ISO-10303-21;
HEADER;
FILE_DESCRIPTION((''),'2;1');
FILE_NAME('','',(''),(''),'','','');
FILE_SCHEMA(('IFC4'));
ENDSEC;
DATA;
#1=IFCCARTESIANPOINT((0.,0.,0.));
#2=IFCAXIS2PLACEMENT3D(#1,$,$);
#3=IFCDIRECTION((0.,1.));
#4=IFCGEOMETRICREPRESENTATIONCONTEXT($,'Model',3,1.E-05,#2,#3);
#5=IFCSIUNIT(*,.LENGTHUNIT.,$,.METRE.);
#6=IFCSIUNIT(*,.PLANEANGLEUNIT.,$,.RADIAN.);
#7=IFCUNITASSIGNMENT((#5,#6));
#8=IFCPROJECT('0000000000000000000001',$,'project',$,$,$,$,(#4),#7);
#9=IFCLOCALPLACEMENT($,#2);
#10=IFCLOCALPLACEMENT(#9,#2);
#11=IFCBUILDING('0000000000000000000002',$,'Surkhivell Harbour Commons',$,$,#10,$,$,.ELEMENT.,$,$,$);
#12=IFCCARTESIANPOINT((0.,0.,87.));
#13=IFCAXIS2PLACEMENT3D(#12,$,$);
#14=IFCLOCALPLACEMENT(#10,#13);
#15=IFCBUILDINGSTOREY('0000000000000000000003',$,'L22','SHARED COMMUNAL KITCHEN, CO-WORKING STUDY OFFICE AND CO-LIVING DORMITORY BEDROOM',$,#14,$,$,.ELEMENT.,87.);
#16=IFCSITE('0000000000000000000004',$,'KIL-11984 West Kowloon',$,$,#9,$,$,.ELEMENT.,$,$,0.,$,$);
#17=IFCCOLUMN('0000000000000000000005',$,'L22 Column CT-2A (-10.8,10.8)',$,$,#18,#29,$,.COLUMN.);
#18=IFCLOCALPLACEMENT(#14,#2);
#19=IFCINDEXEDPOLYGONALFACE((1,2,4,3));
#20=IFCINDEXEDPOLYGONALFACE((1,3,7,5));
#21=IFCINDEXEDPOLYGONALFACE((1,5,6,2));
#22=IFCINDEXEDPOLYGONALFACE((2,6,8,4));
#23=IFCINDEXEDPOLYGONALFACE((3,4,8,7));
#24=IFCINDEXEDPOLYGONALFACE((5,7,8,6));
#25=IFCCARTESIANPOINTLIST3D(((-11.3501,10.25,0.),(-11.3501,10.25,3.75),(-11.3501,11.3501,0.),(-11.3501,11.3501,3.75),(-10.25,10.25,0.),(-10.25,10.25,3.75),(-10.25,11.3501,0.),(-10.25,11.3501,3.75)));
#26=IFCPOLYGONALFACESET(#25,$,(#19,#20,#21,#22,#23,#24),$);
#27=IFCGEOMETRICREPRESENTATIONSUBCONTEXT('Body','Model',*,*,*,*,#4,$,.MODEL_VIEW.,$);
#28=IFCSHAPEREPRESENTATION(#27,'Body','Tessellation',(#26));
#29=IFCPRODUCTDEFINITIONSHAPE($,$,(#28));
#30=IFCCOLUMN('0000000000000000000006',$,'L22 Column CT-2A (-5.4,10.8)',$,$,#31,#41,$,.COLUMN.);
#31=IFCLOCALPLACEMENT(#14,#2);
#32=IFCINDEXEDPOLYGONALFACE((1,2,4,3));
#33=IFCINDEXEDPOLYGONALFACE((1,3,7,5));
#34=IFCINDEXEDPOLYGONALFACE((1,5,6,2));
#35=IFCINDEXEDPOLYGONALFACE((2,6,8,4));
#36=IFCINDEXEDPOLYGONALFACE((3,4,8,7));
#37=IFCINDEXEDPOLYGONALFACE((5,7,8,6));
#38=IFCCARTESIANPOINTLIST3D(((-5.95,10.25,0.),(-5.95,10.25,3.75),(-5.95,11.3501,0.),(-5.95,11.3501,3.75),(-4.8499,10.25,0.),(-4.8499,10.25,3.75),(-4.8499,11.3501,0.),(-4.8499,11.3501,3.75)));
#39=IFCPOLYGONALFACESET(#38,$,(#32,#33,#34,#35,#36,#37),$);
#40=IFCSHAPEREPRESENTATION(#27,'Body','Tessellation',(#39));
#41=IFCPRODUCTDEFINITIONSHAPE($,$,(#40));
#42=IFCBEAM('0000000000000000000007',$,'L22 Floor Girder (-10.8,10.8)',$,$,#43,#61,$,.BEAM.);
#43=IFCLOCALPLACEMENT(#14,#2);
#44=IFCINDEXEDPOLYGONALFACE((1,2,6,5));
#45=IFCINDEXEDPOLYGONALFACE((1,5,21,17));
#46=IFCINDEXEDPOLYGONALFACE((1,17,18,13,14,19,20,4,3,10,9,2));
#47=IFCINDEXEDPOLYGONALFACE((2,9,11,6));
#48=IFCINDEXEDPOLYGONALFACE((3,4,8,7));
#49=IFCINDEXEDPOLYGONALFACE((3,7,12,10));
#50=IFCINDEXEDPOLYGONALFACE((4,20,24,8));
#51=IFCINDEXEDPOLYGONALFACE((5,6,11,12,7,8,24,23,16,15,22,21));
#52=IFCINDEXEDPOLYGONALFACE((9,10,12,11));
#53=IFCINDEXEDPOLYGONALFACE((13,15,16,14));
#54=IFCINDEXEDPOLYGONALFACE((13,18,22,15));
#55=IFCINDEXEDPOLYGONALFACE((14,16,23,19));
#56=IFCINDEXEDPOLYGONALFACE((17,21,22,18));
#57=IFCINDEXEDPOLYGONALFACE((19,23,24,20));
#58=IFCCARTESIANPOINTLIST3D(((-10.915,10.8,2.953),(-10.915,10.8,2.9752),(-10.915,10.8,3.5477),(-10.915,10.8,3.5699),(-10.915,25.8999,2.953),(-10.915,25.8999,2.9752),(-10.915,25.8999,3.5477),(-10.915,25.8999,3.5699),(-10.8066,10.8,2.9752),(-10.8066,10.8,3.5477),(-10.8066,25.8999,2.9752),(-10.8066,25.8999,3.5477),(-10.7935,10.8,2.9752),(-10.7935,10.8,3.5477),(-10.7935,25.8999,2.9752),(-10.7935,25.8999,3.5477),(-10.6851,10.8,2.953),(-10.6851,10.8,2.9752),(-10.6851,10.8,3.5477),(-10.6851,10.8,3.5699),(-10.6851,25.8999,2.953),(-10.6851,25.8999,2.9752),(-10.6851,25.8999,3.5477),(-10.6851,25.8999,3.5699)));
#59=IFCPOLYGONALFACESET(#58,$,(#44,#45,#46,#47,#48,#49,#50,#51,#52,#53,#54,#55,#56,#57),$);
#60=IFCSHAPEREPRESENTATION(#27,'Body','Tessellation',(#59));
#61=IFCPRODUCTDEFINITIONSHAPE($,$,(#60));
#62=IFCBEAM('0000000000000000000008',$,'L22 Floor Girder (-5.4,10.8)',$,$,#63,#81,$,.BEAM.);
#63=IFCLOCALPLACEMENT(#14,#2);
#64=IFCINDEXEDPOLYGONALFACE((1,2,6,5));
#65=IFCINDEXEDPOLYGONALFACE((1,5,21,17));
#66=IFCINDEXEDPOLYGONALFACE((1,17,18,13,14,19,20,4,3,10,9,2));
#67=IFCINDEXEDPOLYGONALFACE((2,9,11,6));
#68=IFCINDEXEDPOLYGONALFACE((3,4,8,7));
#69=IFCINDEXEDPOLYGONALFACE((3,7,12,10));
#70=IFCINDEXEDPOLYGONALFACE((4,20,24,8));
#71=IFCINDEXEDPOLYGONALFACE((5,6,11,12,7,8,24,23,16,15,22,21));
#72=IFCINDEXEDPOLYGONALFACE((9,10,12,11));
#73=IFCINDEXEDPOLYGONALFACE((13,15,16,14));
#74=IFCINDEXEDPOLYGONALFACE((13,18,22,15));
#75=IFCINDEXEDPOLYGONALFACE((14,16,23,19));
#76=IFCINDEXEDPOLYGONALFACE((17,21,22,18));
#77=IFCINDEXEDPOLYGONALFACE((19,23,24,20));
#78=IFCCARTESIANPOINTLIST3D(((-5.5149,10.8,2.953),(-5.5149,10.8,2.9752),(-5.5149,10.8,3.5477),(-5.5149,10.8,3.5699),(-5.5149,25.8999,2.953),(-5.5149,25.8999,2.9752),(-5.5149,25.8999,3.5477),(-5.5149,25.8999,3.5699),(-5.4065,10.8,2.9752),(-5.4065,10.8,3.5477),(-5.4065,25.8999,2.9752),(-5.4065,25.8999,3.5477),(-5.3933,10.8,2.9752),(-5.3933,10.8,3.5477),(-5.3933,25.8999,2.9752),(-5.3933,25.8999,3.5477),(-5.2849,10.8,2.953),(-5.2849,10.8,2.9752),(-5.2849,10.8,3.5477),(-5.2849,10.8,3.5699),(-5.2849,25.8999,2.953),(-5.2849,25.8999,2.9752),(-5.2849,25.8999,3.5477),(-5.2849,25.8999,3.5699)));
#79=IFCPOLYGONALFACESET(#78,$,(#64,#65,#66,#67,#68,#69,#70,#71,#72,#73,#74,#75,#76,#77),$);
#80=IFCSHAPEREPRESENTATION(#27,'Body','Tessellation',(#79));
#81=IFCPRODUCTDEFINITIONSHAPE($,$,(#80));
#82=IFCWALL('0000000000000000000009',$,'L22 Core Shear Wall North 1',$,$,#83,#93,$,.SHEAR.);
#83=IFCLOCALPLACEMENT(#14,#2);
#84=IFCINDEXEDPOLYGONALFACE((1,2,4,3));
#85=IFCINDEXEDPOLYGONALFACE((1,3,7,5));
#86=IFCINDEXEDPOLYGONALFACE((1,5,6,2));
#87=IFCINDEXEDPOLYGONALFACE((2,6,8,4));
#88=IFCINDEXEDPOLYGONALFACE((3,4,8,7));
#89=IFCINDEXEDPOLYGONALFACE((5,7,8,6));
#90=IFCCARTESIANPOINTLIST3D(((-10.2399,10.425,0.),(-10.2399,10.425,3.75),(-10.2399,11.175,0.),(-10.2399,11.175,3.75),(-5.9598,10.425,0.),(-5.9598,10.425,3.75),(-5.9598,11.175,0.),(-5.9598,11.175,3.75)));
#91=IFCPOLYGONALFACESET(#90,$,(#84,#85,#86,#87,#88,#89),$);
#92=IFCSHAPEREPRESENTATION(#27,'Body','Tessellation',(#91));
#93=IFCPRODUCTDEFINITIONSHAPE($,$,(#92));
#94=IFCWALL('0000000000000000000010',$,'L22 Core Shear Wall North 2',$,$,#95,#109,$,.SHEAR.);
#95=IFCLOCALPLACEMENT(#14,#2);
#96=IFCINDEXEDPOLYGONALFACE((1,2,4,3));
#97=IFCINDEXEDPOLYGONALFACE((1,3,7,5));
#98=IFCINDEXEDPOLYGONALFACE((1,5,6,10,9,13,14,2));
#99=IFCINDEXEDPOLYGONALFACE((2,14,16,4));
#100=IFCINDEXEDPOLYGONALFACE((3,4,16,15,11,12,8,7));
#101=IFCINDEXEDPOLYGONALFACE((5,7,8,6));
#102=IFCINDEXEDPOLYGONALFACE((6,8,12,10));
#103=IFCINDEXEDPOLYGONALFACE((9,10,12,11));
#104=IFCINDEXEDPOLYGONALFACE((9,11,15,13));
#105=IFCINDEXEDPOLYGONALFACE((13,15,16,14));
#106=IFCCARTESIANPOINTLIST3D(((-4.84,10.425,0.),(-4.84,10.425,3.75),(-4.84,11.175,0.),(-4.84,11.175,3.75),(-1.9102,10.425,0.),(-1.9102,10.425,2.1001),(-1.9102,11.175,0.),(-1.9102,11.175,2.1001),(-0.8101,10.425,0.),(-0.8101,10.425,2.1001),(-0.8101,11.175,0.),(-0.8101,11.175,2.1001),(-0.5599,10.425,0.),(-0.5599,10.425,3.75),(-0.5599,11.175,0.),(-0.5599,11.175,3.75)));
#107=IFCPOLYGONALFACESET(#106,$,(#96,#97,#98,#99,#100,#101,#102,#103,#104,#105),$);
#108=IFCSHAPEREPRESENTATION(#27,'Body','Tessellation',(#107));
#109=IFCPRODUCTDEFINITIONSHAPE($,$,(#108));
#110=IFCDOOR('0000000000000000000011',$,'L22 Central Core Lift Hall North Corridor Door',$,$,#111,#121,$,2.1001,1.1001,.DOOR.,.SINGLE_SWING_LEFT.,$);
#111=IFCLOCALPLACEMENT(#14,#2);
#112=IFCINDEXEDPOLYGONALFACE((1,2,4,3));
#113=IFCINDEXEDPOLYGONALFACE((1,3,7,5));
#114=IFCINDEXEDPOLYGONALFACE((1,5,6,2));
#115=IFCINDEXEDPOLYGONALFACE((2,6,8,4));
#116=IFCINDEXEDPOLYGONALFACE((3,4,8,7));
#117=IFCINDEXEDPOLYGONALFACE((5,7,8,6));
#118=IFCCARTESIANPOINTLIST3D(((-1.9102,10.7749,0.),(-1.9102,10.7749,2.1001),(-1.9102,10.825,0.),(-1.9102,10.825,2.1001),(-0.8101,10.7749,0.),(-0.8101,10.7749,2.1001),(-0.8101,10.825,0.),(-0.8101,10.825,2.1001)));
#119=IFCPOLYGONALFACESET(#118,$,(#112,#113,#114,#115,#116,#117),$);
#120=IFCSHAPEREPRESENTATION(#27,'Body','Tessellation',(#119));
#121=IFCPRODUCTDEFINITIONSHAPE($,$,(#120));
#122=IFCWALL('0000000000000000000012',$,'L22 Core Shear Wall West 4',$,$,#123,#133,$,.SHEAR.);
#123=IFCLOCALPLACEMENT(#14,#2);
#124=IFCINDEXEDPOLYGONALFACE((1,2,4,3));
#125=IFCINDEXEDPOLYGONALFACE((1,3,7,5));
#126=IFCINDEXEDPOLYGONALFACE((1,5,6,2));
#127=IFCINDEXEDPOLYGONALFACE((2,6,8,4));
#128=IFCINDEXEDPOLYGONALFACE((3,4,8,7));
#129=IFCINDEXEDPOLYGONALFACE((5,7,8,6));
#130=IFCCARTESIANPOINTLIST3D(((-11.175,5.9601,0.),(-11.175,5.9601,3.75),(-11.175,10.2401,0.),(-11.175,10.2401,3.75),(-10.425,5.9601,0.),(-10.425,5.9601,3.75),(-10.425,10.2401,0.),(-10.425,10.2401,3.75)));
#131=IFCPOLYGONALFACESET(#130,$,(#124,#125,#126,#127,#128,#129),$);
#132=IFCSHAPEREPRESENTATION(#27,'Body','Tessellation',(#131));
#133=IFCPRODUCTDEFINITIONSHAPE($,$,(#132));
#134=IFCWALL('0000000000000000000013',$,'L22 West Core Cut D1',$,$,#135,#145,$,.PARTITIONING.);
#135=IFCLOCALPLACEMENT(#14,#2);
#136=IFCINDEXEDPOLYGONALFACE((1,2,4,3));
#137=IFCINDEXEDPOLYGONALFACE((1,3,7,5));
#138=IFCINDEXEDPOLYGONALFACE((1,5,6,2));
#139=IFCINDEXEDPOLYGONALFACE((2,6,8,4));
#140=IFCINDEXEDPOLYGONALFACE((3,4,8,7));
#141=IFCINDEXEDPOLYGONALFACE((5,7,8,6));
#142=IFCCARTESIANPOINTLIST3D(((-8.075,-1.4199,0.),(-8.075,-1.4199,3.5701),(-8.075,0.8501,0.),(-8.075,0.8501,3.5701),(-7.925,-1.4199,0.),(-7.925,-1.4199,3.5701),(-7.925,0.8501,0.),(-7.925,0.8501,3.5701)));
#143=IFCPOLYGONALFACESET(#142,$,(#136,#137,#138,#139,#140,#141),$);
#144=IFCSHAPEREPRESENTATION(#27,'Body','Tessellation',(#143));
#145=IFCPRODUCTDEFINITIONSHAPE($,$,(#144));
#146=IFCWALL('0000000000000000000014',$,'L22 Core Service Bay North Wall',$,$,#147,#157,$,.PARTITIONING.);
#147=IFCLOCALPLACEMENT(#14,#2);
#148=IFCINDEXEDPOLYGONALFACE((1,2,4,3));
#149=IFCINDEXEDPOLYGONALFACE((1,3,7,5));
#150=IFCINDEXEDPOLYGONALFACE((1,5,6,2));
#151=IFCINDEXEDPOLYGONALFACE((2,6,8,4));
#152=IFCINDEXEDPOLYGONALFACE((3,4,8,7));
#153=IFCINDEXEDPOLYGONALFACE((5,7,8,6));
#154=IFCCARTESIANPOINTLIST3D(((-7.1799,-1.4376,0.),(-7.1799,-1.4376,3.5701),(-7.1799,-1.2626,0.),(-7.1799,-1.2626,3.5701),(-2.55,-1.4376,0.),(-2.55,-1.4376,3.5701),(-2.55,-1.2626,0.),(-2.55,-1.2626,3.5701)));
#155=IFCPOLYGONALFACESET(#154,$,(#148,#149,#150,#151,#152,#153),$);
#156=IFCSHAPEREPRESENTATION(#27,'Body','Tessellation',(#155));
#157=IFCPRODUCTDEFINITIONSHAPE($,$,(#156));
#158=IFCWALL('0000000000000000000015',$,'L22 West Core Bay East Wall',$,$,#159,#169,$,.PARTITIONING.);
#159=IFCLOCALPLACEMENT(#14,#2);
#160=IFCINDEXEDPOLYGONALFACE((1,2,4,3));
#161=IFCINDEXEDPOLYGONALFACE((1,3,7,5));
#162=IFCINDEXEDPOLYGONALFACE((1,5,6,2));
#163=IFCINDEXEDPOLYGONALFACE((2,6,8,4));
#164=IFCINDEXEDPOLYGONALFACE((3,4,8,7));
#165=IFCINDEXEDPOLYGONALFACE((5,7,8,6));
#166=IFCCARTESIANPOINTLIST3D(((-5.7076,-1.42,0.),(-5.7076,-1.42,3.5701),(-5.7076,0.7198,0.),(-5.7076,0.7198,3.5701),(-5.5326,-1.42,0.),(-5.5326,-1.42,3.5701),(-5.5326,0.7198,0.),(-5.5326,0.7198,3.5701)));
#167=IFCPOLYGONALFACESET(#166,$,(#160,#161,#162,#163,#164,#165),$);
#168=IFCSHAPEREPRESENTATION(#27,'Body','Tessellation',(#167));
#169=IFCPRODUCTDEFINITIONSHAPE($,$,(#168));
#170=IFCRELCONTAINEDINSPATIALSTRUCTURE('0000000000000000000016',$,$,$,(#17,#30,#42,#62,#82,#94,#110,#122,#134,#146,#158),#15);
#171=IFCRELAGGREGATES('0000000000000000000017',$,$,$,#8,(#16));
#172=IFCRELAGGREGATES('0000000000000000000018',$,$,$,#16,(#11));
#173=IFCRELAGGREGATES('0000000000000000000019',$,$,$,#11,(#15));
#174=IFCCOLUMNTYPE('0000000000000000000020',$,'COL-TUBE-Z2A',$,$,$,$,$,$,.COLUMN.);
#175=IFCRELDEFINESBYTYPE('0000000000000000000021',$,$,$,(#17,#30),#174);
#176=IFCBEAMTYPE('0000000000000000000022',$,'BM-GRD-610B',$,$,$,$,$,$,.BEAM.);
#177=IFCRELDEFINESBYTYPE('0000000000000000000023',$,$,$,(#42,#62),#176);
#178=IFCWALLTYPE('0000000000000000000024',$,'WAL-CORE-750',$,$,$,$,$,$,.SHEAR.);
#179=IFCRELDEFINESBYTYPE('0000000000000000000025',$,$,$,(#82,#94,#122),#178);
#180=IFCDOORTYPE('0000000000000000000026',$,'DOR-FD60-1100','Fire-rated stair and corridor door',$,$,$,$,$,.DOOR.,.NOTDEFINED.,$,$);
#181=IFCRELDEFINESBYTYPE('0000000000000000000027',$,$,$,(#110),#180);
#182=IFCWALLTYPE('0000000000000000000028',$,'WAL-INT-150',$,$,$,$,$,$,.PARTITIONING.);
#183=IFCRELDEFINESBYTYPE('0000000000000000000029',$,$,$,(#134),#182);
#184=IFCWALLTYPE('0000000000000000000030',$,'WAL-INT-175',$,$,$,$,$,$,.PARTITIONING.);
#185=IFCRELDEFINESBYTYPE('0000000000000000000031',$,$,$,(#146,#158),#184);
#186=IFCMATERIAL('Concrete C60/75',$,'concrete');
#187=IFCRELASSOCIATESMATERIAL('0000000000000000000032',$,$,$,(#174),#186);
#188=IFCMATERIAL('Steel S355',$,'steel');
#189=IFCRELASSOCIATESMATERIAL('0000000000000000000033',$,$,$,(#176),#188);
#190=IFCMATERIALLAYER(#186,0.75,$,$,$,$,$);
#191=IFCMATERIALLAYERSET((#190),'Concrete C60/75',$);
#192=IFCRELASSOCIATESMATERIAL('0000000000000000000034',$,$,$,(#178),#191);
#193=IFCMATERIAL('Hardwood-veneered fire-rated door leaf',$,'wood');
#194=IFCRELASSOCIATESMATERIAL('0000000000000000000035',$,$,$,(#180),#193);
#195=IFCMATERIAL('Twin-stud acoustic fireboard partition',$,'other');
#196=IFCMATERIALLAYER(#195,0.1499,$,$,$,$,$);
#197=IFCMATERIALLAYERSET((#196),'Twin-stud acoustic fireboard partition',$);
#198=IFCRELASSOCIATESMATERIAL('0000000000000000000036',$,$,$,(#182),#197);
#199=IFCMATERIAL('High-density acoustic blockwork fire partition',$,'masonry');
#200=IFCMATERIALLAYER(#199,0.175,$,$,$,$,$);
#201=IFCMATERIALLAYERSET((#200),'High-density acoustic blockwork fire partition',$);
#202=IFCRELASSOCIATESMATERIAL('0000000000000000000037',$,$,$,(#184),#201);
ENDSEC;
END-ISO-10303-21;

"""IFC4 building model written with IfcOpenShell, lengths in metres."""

from ifc_helpers import new_model, si_unit, direction, frame, frame_2d, origin, origin_2d, place, context, subcontext, project, spatial, rectangle, i_section, extrude, material, layer, layer_set, material_profile, profile_set, type_object, element, fill, save


model = new_model("IFC4")

# Units and contexts
model_context = context("Model", 3, precision=1e-05, world=origin(), true_north=direction((0.0, 1.0)))
body_context = subcontext(model_context, "Body", "Model", "MODEL_VIEW")
ifc_project = project(units=[si_unit("LENGTHUNIT", "METRE"), si_unit("PLANEANGLEUNIT", "RADIAN")], contexts=[model_context])

# Site, building, storey
site_placement = place(None, origin())
site = spatial("IfcSite", under=ifc_project, at=site_placement, Name="KIL-11984 West Kowloon", CompositionType="ELEMENT", RefElevation=0.0)
building_placement = place(site_placement, origin())
building = spatial("IfcBuilding", under=site, at=building_placement, Name="Surkhivell Harbour Commons", CompositionType="ELEMENT")
storey_placement = place(building_placement, frame((0.0, 0.0, 87.0)))
storey = spatial("IfcBuildingStorey", under=building, at=storey_placement, Name="L22", Description="SHARED COMMUNAL KITCHEN, CO-WORKING STUDY OFFICE AND CO-LIVING DORMITORY BEDROOM", CompositionType="ELEMENT", Elevation=87.0)

# Columns
ifc_material_1 = material(Name="Concrete C60/75", Category="concrete")
ifc_material_profile_1 = material_profile(ifc_material_1, rectangle(XDim=1.1001, YDim=1.1001, at=origin_2d()), Name="RC-COL-1100x1100")
ifc_profile_set_1 = profile_set([ifc_material_profile_1], Name="Concrete C60/75")
column_type = type_object("IfcColumnType", Name="COL-TUBE-Z2A", PredefinedType="COLUMN", material=ifc_profile_set_1)
for number, where, z_axis, x_axis, name in (
    (1, (-10.8, 10.8, 0.0), (0.0, 0.0, 1.0), (1.0, 0.0, 0.0), "L22 Column CT-2A (-10.8,10.8)"),
    (2, (-5.3999, 10.8, 0.0), (0.0, 0.0, 1.0), (1.0, 0.0, 0.0), "L22 Column CT-2A (-5.4,10.8)"),
):
    element("IfcColumn", number, at=place(storey_placement, frame(where, z_axis=z_axis, x_axis=x_axis)), inside=storey, type_object=column_type, Name=name, PredefinedType="COLUMN", context=body_context, shape_type="SweptSolid", body=[
        extrude(rectangle(XDim=1.1001, YDim=1.1001, at=origin_2d()), origin(), (0.0, 0.0, 1.0), 3.75),
    ])

# Beams
ifc_material_2 = material(Name="Steel S355", Category="steel")
ifc_material_profile_2 = material_profile(ifc_material_2, i_section(OverallWidth=0.23, OverallDepth=0.6169, WebThickness=0.0132, FlangeThickness=0.0222, at=origin_2d()), Name="UB610x229x140")
ifc_profile_set_2 = profile_set([ifc_material_profile_2], Name="Steel S355")
beam_type = type_object("IfcBeamType", Name="BM-GRD-610B", PredefinedType="BEAM", material=ifc_profile_set_2)
for number, where, z_axis, x_axis, name in (
    (3, (-10.8, 10.8, 3.2615), (0.0, 1.0, 0.0), (-1.0, 0.0, 0.0), "L22 Floor Girder (-10.8,10.8)"),
    (4, (-5.3999, 10.8, 3.2615), (0.0, 1.0, 0.0), (-1.0, 0.0, 0.0), "L22 Floor Girder (-5.4,10.8)"),
):
    element("IfcBeam", number, at=place(storey_placement, frame(where, z_axis=z_axis, x_axis=x_axis)), inside=storey, type_object=beam_type, Name=name, PredefinedType="BEAM", context=body_context, shape_type="SweptSolid", body=[
        extrude(i_section(OverallWidth=0.23, OverallDepth=0.6169, WebThickness=0.0132, FlangeThickness=0.0222, at=origin_2d()), origin(), (0.0, 0.0, 1.0), 15.0999),
    ])

# Wall
ifc_layer_1 = layer(ifc_material_1, 0.75)
ifc_layer_set_1 = layer_set([ifc_layer_1], Name="Concrete C60/75")
wall_type_1 = type_object("IfcWallType", Name="WAL-CORE-750", PredefinedType="SHEAR", material=ifc_layer_set_1)
wall_1_placement = place(storey_placement, frame((-10.24, 10.8, 0.0), z_axis=(0.0, 0.0, 1.0), x_axis=(1.0, 0.0, 0.0)))
element("IfcWall", 5, at=wall_1_placement, inside=storey, type_object=wall_type_1, Name="L22 Core Shear Wall North 1", PredefinedType="SHEAR", context=body_context, shape_type="SweptSolid", body=[
    extrude(rectangle(XDim=4.28, YDim=0.75, at=frame_2d((2.1401, 0.0))), origin(), (0.0, 0.0, 1.0), 3.75),
])

# Wall, opening, door
wall_2_placement = place(storey_placement, frame((-4.8401, 10.8, 0.0), z_axis=(0.0, 0.0, 1.0), x_axis=(1.0, 0.0, 0.0)))
wall_2 = element("IfcWall", 6, at=wall_2_placement, inside=storey, type_object=wall_type_1, Name="L22 Core Shear Wall North 2", PredefinedType="SHEAR", context=body_context, shape_type="SweptSolid", body=[
    extrude(rectangle(XDim=4.28, YDim=0.75, at=frame_2d((2.1401, 0.0))), origin(), (0.0, 0.0, 1.0), 3.75),
])
opening_1_placement = place(wall_2_placement, frame((2.9299, 0.0, 0.0)))
opening_1 = element("IfcOpeningElement", 7, at=opening_1_placement, cuts=wall_2, PredefinedType="OPENING", context=body_context, shape_type="SweptSolid", body=[
    extrude(rectangle(XDim=1.1001, YDim=2.1001, at=frame_2d((0.55, 1.05))), frame((0.0, 0.385, 0.0), z_axis=(0.0, -1.0, 0.0), x_axis=(1.0, 0.0, 0.0)), (0.0, 0.0, 1.0), 0.77),
])
ifc_material_3 = material(Name="Hardwood-veneered fire-rated door leaf", Category="wood")
door_type_1 = type_object("IfcDoorType", Name="DOR-FD60-1100", Description="Fire-rated stair and corridor door", OperationType="NOTDEFINED", PredefinedType="DOOR", material=ifc_material_3)
door_1_placement = place(opening_1_placement, origin())
door_1 = element("IfcDoor", 8, at=door_1_placement, inside=storey, type_object=door_type_1, Name="L22 Central Core Lift Hall North Corridor Door", OperationType="SINGLE_SWING_LEFT", OverallHeight=2.1001, OverallWidth=1.1001, PredefinedType="DOOR", context=body_context, shape_type="SweptSolid", body=[
    extrude(rectangle(XDim=1.1001, YDim=2.1001, at=frame_2d((0.55, 1.05))), frame((0.0, 0.0249, 0.0), z_axis=(0.0, -1.0, 0.0), x_axis=(1.0, 0.0, 0.0)), (0.0, 0.0, 1.0), 0.05),
])
fill(opening_1, door_1)

# Walls
wall_3_placement = place(storey_placement, frame((-10.8, 5.96, 0.0), z_axis=(0.0, 0.0, 1.0), x_axis=(0.0, 1.0, 0.0)))
element("IfcWall", 9, at=wall_3_placement, inside=storey, type_object=wall_type_1, Name="L22 Core Shear Wall West 4", PredefinedType="SHEAR", context=body_context, shape_type="SweptSolid", body=[
    extrude(rectangle(XDim=4.28, YDim=0.75, at=frame_2d((2.1401, 0.0))), origin(), (0.0, 0.0, 1.0), 3.75),
])
ifc_material_4 = material(Name="Twin-stud acoustic fireboard partition", Category="other")
ifc_layer_2 = layer(ifc_material_4, 0.1499)
ifc_layer_set_2 = layer_set([ifc_layer_2], Name="Twin-stud acoustic fireboard partition")
wall_type_2 = type_object("IfcWallType", Name="WAL-INT-150", PredefinedType="PARTITIONING", material=ifc_layer_set_2)
wall_4_placement = place(storey_placement, frame((-8.0, -1.4199, 0.0), z_axis=(0.0, 0.0, 1.0), x_axis=(0.0, 1.0, 0.0)))
element("IfcWall", 10, at=wall_4_placement, inside=storey, type_object=wall_type_2, Name="L22 West Core Cut D1", PredefinedType="PARTITIONING", context=body_context, shape_type="SweptSolid", body=[
    extrude(rectangle(XDim=2.27, YDim=0.1499, at=frame_2d((1.135, 0.0))), origin(), (0.0, 0.0, 1.0), 3.5701),
])
ifc_material_5 = material(Name="High-density acoustic blockwork fire partition", Category="masonry")
ifc_layer_3 = layer(ifc_material_5, 0.175)
ifc_layer_set_3 = layer_set([ifc_layer_3], Name="High-density acoustic blockwork fire partition")
wall_type_3 = type_object("IfcWallType", Name="WAL-INT-175", PredefinedType="PARTITIONING", material=ifc_layer_set_3)
wall_5_placement = place(storey_placement, frame((-7.1799, -1.3501, 0.0), z_axis=(0.0, 0.0, 1.0), x_axis=(1.0, 0.0, 0.0)))
element("IfcWall", 11, at=wall_5_placement, inside=storey, type_object=wall_type_3, Name="L22 Core Service Bay North Wall", PredefinedType="PARTITIONING", context=body_context, shape_type="SweptSolid", body=[
    extrude(rectangle(XDim=4.6299, YDim=0.175, at=frame_2d((2.3149, 0.0))), origin(), (0.0, 0.0, 1.0), 3.5701),
])
wall_6_placement = place(storey_placement, frame((-5.6201, -1.4199, 0.0), z_axis=(0.0, 0.0, 1.0), x_axis=(0.0, 1.0, 0.0)))
element("IfcWall", 12, at=wall_6_placement, inside=storey, type_object=wall_type_3, Name="L22 West Core Bay East Wall", PredefinedType="PARTITIONING", context=body_context, shape_type="SweptSolid", body=[
    extrude(rectangle(XDim=2.1399, YDim=0.175, at=frame_2d((1.0698, 0.0))), origin(), (0.0, 0.0, 1.0), 3.5701),
])

save(model, "model.ifc")
